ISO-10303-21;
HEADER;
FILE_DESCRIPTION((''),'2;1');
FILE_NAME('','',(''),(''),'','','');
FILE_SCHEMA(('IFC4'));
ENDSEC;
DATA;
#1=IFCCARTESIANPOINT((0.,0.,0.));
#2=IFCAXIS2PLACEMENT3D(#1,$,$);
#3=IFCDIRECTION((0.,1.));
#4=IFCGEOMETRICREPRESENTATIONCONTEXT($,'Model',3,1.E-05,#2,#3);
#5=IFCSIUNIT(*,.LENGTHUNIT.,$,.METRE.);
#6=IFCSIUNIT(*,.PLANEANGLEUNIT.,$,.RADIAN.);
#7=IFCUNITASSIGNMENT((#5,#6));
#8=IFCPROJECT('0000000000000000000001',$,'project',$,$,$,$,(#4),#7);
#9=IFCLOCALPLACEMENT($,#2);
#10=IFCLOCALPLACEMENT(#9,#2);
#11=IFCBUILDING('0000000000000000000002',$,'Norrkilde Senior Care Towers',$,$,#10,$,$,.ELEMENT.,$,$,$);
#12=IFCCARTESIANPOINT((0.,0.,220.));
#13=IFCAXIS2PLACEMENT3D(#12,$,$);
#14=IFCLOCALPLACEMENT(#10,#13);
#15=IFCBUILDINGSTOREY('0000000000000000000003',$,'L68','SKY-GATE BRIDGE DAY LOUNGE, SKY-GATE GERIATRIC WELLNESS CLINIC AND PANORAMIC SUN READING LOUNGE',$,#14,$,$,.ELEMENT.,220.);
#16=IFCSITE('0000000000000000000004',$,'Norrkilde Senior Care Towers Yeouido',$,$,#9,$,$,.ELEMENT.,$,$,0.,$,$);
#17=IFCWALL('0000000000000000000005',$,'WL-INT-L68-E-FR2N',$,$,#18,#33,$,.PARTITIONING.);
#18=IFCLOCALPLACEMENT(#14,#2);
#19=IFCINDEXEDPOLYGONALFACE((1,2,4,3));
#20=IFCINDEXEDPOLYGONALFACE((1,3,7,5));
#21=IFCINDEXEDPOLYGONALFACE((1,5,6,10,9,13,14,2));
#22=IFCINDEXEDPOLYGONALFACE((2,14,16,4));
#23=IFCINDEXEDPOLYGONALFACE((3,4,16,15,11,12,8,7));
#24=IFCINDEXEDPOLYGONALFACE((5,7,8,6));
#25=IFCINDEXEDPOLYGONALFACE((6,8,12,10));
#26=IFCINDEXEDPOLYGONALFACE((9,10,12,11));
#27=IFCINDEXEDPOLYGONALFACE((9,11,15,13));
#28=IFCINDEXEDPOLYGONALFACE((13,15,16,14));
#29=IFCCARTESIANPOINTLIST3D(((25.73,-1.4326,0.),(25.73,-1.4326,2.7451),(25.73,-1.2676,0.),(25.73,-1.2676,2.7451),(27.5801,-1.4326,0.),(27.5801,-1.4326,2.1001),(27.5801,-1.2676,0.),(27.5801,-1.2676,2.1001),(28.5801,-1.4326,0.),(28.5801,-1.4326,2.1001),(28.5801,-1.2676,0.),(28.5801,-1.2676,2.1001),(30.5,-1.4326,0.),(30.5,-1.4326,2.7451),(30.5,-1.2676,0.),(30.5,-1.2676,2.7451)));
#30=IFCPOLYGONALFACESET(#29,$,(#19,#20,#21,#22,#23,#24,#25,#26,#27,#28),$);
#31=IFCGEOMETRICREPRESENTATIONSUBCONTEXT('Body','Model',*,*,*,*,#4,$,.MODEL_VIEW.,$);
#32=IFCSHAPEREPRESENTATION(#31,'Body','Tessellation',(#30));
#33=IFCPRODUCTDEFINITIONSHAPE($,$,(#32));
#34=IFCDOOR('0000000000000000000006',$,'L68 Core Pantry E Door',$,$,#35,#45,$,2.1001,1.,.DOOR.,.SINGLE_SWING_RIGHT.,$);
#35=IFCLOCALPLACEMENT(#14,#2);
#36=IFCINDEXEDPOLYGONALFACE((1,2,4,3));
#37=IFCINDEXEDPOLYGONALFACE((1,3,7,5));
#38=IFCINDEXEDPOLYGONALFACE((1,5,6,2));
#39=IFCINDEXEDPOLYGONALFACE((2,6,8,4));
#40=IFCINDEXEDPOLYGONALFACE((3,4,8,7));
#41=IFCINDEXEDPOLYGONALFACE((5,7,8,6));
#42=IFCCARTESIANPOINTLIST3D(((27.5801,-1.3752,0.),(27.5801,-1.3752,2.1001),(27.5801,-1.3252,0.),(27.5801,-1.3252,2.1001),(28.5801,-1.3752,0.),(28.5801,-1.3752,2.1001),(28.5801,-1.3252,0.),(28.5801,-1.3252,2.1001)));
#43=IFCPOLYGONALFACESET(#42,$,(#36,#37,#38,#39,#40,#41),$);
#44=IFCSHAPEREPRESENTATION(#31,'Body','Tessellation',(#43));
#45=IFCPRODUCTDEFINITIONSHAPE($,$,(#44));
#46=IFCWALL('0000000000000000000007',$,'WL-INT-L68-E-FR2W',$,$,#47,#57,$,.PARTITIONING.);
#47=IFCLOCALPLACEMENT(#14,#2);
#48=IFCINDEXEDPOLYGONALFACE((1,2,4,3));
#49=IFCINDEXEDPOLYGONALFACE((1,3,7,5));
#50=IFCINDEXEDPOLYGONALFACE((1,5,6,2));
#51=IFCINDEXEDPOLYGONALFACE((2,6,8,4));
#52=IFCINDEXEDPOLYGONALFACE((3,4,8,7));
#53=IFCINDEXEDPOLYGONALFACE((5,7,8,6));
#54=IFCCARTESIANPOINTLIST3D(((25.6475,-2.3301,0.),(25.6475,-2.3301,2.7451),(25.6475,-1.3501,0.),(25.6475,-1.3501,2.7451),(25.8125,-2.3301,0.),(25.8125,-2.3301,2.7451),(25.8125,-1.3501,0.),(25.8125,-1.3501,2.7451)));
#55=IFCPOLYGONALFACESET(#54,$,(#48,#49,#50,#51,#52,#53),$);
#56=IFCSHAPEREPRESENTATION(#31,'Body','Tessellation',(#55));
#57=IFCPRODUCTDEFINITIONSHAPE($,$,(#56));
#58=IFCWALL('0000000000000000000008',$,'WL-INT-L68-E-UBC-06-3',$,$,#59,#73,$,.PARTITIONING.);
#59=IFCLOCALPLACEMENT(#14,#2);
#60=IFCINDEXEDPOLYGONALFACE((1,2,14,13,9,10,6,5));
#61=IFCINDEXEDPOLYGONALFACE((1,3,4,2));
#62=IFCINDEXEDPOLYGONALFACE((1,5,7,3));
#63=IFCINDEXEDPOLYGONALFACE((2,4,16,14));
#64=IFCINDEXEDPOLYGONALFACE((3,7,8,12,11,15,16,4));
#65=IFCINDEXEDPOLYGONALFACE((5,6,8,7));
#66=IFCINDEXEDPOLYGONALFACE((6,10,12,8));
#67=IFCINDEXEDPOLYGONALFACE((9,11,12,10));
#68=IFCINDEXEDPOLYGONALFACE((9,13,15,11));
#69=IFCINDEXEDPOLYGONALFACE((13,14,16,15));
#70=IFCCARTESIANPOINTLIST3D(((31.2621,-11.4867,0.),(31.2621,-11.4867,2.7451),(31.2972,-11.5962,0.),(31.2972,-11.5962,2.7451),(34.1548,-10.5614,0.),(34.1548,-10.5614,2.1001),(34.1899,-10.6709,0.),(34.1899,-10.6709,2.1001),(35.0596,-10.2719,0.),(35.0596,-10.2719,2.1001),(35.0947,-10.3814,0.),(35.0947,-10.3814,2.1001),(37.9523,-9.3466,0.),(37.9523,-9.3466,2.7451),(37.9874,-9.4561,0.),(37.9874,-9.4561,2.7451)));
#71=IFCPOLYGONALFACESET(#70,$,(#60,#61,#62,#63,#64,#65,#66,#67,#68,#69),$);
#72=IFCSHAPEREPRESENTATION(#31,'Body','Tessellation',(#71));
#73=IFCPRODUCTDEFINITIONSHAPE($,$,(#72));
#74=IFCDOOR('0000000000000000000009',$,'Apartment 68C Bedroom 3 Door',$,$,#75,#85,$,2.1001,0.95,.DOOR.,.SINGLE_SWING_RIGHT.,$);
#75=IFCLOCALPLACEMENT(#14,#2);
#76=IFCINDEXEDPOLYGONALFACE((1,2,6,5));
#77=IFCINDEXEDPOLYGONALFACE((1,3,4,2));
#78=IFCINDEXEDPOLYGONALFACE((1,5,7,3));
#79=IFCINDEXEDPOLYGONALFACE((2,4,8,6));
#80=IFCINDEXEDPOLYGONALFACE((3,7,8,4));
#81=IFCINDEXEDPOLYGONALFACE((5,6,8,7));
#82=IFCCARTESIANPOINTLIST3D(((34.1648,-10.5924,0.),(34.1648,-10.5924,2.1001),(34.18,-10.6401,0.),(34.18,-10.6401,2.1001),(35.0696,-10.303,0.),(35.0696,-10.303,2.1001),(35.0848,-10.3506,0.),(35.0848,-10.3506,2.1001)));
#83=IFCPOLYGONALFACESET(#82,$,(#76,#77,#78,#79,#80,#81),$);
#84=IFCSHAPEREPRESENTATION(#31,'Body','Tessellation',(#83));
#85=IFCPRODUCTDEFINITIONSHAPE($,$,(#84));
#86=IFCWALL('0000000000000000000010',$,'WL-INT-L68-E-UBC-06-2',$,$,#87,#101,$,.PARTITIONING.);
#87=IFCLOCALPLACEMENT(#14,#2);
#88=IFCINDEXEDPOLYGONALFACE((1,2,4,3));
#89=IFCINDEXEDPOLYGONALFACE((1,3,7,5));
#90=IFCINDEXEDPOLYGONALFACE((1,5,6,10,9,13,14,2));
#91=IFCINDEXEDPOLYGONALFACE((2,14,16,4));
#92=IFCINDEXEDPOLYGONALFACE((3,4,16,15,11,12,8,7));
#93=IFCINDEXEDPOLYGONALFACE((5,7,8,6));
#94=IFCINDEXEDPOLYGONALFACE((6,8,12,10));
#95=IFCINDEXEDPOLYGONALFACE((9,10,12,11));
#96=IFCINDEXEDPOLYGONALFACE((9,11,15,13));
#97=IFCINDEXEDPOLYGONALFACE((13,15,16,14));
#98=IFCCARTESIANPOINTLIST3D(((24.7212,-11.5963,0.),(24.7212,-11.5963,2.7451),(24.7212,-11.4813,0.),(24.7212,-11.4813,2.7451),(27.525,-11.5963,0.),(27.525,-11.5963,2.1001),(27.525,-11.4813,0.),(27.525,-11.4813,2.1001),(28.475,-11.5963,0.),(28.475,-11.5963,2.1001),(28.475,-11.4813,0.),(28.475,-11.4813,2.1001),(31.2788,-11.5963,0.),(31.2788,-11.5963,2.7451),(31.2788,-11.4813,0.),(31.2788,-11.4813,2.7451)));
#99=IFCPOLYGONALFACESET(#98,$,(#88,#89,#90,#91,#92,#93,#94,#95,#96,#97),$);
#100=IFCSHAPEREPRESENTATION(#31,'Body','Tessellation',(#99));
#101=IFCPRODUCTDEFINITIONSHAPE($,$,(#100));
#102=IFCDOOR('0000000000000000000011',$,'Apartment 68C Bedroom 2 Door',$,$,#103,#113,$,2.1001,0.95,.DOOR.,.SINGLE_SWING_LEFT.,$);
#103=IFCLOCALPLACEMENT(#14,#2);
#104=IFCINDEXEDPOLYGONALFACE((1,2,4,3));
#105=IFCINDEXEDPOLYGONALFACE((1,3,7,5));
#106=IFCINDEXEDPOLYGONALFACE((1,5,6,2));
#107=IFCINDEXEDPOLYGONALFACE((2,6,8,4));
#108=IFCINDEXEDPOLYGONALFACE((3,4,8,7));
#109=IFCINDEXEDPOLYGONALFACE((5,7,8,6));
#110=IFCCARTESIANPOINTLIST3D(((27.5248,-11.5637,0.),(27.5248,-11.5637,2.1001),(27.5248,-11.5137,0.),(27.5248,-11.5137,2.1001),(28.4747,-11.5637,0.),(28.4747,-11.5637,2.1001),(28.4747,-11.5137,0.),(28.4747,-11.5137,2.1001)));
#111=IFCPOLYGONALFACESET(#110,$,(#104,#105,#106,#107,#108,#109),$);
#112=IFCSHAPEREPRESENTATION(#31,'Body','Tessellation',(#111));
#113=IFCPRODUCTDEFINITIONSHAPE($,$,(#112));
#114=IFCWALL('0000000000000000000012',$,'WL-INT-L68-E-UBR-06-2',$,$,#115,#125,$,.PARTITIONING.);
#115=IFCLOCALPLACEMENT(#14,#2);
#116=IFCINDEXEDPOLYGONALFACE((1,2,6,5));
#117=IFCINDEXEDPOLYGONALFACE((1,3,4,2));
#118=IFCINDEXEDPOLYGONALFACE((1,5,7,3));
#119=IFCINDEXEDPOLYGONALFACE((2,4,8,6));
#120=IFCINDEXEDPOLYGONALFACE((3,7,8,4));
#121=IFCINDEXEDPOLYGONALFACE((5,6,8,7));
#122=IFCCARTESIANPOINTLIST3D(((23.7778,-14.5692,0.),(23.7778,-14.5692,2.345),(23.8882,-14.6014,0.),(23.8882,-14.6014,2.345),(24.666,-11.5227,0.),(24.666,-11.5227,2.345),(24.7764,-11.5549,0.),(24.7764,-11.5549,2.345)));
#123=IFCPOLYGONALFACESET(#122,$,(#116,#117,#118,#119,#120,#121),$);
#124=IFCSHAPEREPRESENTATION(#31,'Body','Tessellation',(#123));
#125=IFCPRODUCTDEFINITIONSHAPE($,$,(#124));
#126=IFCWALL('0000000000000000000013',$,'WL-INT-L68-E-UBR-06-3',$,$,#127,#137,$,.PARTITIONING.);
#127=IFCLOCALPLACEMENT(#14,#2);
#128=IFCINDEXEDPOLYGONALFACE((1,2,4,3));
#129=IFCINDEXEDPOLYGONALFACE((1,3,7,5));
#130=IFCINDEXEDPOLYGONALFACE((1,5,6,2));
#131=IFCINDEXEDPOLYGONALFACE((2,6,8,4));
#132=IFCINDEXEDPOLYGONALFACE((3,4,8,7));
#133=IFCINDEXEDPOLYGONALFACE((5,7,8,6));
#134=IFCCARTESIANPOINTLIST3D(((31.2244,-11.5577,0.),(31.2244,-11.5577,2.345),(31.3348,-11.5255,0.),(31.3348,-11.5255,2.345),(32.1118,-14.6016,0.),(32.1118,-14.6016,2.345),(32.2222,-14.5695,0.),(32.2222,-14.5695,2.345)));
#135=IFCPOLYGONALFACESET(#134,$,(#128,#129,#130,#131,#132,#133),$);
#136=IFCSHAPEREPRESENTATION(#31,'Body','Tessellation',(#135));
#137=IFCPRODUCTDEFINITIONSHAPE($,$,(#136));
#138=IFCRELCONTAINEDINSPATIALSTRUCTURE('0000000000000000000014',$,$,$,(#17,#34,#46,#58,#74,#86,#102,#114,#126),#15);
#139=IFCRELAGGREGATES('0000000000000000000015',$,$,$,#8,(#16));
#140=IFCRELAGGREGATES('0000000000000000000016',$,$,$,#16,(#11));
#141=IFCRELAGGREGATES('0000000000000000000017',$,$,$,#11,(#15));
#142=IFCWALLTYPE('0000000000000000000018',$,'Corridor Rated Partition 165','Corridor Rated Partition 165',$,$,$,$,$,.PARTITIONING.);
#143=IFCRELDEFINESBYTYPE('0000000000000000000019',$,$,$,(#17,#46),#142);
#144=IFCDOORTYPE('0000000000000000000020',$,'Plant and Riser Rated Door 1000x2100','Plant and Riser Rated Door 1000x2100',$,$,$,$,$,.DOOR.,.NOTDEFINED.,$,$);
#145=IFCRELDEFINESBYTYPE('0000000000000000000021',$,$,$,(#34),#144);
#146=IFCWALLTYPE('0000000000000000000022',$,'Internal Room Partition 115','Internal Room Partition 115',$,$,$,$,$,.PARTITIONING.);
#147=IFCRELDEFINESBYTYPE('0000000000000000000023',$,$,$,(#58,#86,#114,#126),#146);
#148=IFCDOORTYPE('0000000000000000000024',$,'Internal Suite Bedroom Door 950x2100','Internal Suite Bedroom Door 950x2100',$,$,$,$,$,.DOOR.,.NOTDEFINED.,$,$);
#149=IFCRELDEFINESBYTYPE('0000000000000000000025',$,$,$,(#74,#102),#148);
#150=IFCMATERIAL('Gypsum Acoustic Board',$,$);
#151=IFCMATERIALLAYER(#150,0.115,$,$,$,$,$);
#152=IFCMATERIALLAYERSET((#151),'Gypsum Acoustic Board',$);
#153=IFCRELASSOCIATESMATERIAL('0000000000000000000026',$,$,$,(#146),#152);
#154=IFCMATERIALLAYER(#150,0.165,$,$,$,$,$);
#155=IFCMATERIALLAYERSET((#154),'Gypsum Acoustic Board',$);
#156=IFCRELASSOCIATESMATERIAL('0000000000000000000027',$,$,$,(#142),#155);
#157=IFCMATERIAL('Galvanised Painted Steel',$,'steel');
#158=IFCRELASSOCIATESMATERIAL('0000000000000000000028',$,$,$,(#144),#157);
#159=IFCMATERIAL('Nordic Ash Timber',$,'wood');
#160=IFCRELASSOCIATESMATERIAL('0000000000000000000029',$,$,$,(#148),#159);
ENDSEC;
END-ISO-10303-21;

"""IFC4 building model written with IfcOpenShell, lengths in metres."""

from ifc_helpers import new_model, si_unit, direction, frame, frame_2d, origin, place, context, subcontext, project, spatial, rectangle, extrude, source, transform, mapped, material, layer, layer_set, type_object, type_shapes, element, fill, save


model = new_model("IFC4")

# Units and contexts
model_context = context("Model", 3, precision=1e-05, world=origin(), true_north=direction((0.0, 1.0)))
body_context = subcontext(model_context, "Body", "Model", "MODEL_VIEW")
ifc_project = project(units=[si_unit("LENGTHUNIT", "METRE"), si_unit("PLANEANGLEUNIT", "RADIAN")], contexts=[model_context])

# Site, building, storey
site_placement = place(None, origin())
site = spatial("IfcSite", under=ifc_project, at=site_placement, Name="Norrkilde Senior Care Towers Yeouido", CompositionType="ELEMENT", RefElevation=0.0)
building_placement = place(site_placement, origin())
building = spatial("IfcBuilding", under=site, at=building_placement, Name="Norrkilde Senior Care Towers", CompositionType="ELEMENT")
storey_placement = place(building_placement, frame((0.0, 0.0, 220.0)))
storey = spatial("IfcBuildingStorey", under=building, at=storey_placement, Name="L68", Description="SKY-GATE BRIDGE DAY LOUNGE, SKY-GATE GERIATRIC WELLNESS CLINIC AND PANORAMIC SUN READING LOUNGE", CompositionType="ELEMENT", Elevation=220.0)

# Shared definitions
ifc_material_1 = material(Name="Gypsum Acoustic Board")
ifc_layer_1 = layer(ifc_material_1, 0.115)
ifc_layer_set_1 = layer_set([ifc_layer_1], Name="Gypsum Acoustic Board")
wall_type_1 = type_object("IfcWallType", Name="Internal Room Partition 115", Description="Internal Room Partition 115", PredefinedType="PARTITIONING", material=ifc_layer_set_1)

# Wall, opening, door
ifc_layer_2 = layer(ifc_material_1, 0.165)
ifc_layer_set_2 = layer_set([ifc_layer_2], Name="Gypsum Acoustic Board")
wall_type_2 = type_object("IfcWallType", Name="Corridor Rated Partition 165", Description="Corridor Rated Partition 165", PredefinedType="PARTITIONING", material=ifc_layer_set_2)
shared_shape_1 = source(origin(), body_context, "Body", "SweptSolid", [
    extrude(rectangle(XDim=4.77, YDim=0.165, at=frame_2d((2.385, 0.0))), origin(), (0.0, 0.0, 1.0), 2.7451),
])
wall_1_placement = place(storey_placement, frame((25.73, -1.3501, 0.0), z_axis=(0.0, 0.0, 1.0), x_axis=(1.0, 0.0, 0.0)))
wall_1 = element("IfcWall", 1, at=wall_1_placement, inside=storey, type_object=wall_type_2, Name="WL-INT-L68-E-FR2N", PredefinedType="PARTITIONING", context=body_context, shape_type="MappedRepresentation", body=[
    mapped(shared_shape_1, transform((0.0, 0.0, 0.0), x_axis=(1.0, 0.0, 0.0), y_axis=(0.0, 1.0, 0.0), z_axis=(0.0, 0.0, 1.0), scale=1.0)),
])
opening_1_placement = place(wall_1_placement, frame((1.8501, 0.0, 0.0)))
opening_1 = element("IfcOpeningElement", 2, at=opening_1_placement, cuts=wall_1, PredefinedType="OPENING", context=body_context, shape_type="SweptSolid", body=[
    extrude(rectangle(XDim=1.0, YDim=2.1001, at=frame_2d((0.5, 1.05))), frame((0.0, 0.0925, 0.0), z_axis=(0.0, -1.0, 0.0), x_axis=(1.0, 0.0, 0.0)), (0.0, 0.0, 1.0), 0.1851),
])
ifc_material_2 = material(Name="Galvanised Painted Steel", Category="steel")
door_type_1 = type_object("IfcDoorType", Name="Plant and Riser Rated Door 1000x2100", Description="Plant and Riser Rated Door 1000x2100", OperationType="NOTDEFINED", PredefinedType="DOOR", material=ifc_material_2)
shared_shape_2 = source(origin(), body_context, "Body", "SweptSolid", [
    extrude(rectangle(XDim=1.0, YDim=2.1001, at=frame_2d((0.5, 1.05))), frame((0.0, 0.0249, 0.0), z_axis=(0.0, -1.0, 0.0), x_axis=(1.0, 0.0, 0.0)), (0.0, 0.0, 1.0), 0.05),
])
type_shapes(door_type_1, [shared_shape_2])
door_1_placement = place(opening_1_placement, origin())
door_1 = element("IfcDoor", 3, at=door_1_placement, inside=storey, type_object=door_type_1, Name="L68 Core Pantry E Door", OperationType="SINGLE_SWING_RIGHT", OverallHeight=2.1001, OverallWidth=1.0, PredefinedType="DOOR", context=body_context, shape_type="MappedRepresentation", body=[
    mapped(shared_shape_2, transform((0.0, 0.0, 0.0), x_axis=(1.0, 0.0, 0.0), y_axis=(0.0, 1.0, 0.0), z_axis=(0.0, 0.0, 1.0), scale=1.0)),
])
fill(opening_1, door_1)

# Wall
shared_shape_3 = source(origin(), body_context, "Body", "SweptSolid", [
    extrude(rectangle(XDim=0.98, YDim=0.165, at=frame_2d((0.49, 0.0))), origin(), (0.0, 0.0, 1.0), 2.7451),
])
type_shapes(wall_type_2, [shared_shape_1, shared_shape_3])
wall_2_placement = place(storey_placement, frame((25.73, -2.3301, 0.0), z_axis=(0.0, 0.0, 1.0), x_axis=(0.0, 1.0, 0.0)))
element("IfcWall", 4, at=wall_2_placement, inside=storey, type_object=wall_type_2, Name="WL-INT-L68-E-FR2W", PredefinedType="PARTITIONING", context=body_context, shape_type="MappedRepresentation", body=[
    mapped(shared_shape_3, transform((0.0, 0.0, 0.0), x_axis=(1.0, 0.0, 0.0), y_axis=(0.0, 1.0, 0.0), z_axis=(0.0, 0.0, 1.0), scale=1.0)),
])

# Walls, openings, doors
shared_shape_4 = source(origin(), body_context, "Body", "SweptSolid", [
    extrude(rectangle(XDim=7.0242, YDim=0.115, at=frame_2d((3.5122, 0.0))), origin(), (0.0, 0.0, 1.0), 2.7451),
])
wall_3_placement = place(storey_placement, frame((31.2795, -11.5415, 0.0), z_axis=(0.0, 0.0, 1.0), x_axis=(0.952454, 0.304682, 0.0)))
wall_3 = element("IfcWall", 5, at=wall_3_placement, inside=storey, type_object=wall_type_1, Name="WL-INT-L68-E-UBC-06-3", PredefinedType="PARTITIONING", context=body_context, shape_type="MappedRepresentation", body=[
    mapped(shared_shape_4, transform((0.0, 0.0, 0.0), x_axis=(1.0, 0.0, 0.0), y_axis=(0.0, 1.0, 0.0), z_axis=(0.0, 0.0, 1.0), scale=1.0)),
])
opening_2_placement = place(wall_3_placement, frame((3.0371, 0.0, 0.0)))
opening_2 = element("IfcOpeningElement", 6, at=opening_2_placement, cuts=wall_3, PredefinedType="OPENING", context=body_context, shape_type="SweptSolid", body=[
    extrude(rectangle(XDim=0.95, YDim=2.1001, at=frame_2d((0.4751, 1.05))), frame((0.0, 0.0674, 0.0), z_axis=(0.0, -1.0, 0.0), x_axis=(1.0, 0.0, 0.0)), (0.0, 0.0, 1.0), 0.135),
])
ifc_material_3 = material(Name="Nordic Ash Timber", Category="wood")
door_type_2 = type_object("IfcDoorType", Name="Internal Suite Bedroom Door 950x2100", Description="Internal Suite Bedroom Door 950x2100", OperationType="NOTDEFINED", PredefinedType="DOOR", material=ifc_material_3)
shared_shape_5 = source(origin(), body_context, "Body", "SweptSolid", [
    extrude(rectangle(XDim=0.95, YDim=2.1001, at=frame_2d((0.4751, 1.05))), frame((0.0, 0.0249, 0.0), z_axis=(0.0, -1.0, 0.0), x_axis=(1.0, 0.0, 0.0)), (0.0, 0.0, 1.0), 0.05),
])
type_shapes(door_type_2, [shared_shape_5])
door_2_placement = place(opening_2_placement, origin())
door_2 = element("IfcDoor", 7, at=door_2_placement, inside=storey, type_object=door_type_2, Name="Apartment 68C Bedroom 3 Door", OperationType="SINGLE_SWING_RIGHT", OverallHeight=2.1001, OverallWidth=0.95, PredefinedType="DOOR", context=body_context, shape_type="MappedRepresentation", body=[
    mapped(shared_shape_5, transform((0.0, 0.0, 0.0), x_axis=(1.0, 0.0, 0.0), y_axis=(0.0, 1.0, 0.0), z_axis=(0.0, 0.0, 1.0), scale=1.0)),
])
fill(opening_2, door_2)
shared_shape_6 = source(origin(), body_context, "Body", "SweptSolid", [
    extrude(rectangle(XDim=6.5576, YDim=0.115, at=frame_2d((3.2788, 0.0))), origin(), (0.0, 0.0, 1.0), 2.7451),
])
wall_4_placement = place(storey_placement, frame((24.7212, -11.5388, 0.0), z_axis=(0.0, 0.0, 1.0), x_axis=(1.0, 0.0, 0.0)))
wall_4 = element("IfcWall", 8, at=wall_4_placement, inside=storey, type_object=wall_type_1, Name="WL-INT-L68-E-UBC-06-2", PredefinedType="PARTITIONING", context=body_context, shape_type="MappedRepresentation", body=[
    mapped(shared_shape_6, transform((0.0, 0.0, 0.0), x_axis=(1.0, 0.0, 0.0), y_axis=(0.0, 1.0, 0.0), z_axis=(0.0, 0.0, 1.0), scale=1.0)),
])
opening_3_placement = place(wall_4_placement, frame((2.8037, 0.0, 0.0)))
opening_3 = element("IfcOpeningElement", 9, at=opening_3_placement, cuts=wall_4, PredefinedType="OPENING", context=body_context, shape_type="SweptSolid", body=[
    extrude(rectangle(XDim=0.95, YDim=2.1001, at=frame_2d((0.4751, 1.05))), frame((0.0, 0.0674, 0.0), z_axis=(0.0, -1.0, 0.0), x_axis=(1.0, 0.0, 0.0)), (0.0, 0.0, 1.0), 0.135),
])
door_3_placement = place(opening_3_placement, frame((0.95, 0.0, 0.0), z_axis=(0.0, 0.0, 1.0), x_axis=(-1.0, 0.0, 0.0)))
door_3 = element("IfcDoor", 10, at=door_3_placement, inside=storey, type_object=door_type_2, Name="Apartment 68C Bedroom 2 Door", OperationType="SINGLE_SWING_LEFT", OverallHeight=2.1001, OverallWidth=0.95, PredefinedType="DOOR", context=body_context, shape_type="MappedRepresentation", body=[
    mapped(shared_shape_5, transform((0.0, 0.0, 0.0), x_axis=(1.0, 0.0, 0.0), y_axis=(0.0, 1.0, 0.0), z_axis=(0.0, 0.0, 1.0), scale=1.0)),
])
fill(opening_3, door_3)

# Walls
shared_shape_7 = source(origin(), body_context, "Body", "SweptSolid", [
    extrude(rectangle(XDim=3.1733, YDim=0.115, at=frame_2d((1.5867, 0.0))), origin(), (0.0, 0.0, 1.0), 2.345),
])
wall_5_placement = place(storey_placement, frame((24.7212, -11.5388, 0.0), z_axis=(0.0, 0.0, 1.0), x_axis=(-0.279879, -0.960035, 0.0)))
element("IfcWall", 11, at=wall_5_placement, inside=storey, type_object=wall_type_1, Name="WL-INT-L68-E-UBR-06-2", PredefinedType="PARTITIONING", context=body_context, shape_type="MappedRepresentation", body=[
    mapped(shared_shape_7, transform((0.0, 0.0, 0.0), x_axis=(1.0, 0.0, 0.0), y_axis=(0.0, 1.0, 0.0), z_axis=(0.0, 0.0, 1.0), scale=1.0)),
])
shared_shape_8 = source(origin(), body_context, "Body", "SweptSolid", [
    extrude(rectangle(XDim=3.1707, YDim=0.115, at=frame_2d((1.5854, 0.0))), origin(), (0.0, 0.0, 1.0), 2.345),
])
wall_6_placement = place(storey_placement, frame((31.2795, -11.5415, 0.0), z_axis=(0.0, 0.0, 1.0), x_axis=(0.279894, -0.960031, 0.0)))
element("IfcWall", 12, at=wall_6_placement, inside=storey, type_object=wall_type_1, Name="WL-INT-L68-E-UBR-06-3", PredefinedType="PARTITIONING", context=body_context, shape_type="MappedRepresentation", body=[
    mapped(shared_shape_8, transform((0.0, 0.0, 0.0), x_axis=(1.0, 0.0, 0.0), y_axis=(0.0, 1.0, 0.0), z_axis=(0.0, 0.0, 1.0), scale=1.0)),
])

save(model, "model.ifc")
